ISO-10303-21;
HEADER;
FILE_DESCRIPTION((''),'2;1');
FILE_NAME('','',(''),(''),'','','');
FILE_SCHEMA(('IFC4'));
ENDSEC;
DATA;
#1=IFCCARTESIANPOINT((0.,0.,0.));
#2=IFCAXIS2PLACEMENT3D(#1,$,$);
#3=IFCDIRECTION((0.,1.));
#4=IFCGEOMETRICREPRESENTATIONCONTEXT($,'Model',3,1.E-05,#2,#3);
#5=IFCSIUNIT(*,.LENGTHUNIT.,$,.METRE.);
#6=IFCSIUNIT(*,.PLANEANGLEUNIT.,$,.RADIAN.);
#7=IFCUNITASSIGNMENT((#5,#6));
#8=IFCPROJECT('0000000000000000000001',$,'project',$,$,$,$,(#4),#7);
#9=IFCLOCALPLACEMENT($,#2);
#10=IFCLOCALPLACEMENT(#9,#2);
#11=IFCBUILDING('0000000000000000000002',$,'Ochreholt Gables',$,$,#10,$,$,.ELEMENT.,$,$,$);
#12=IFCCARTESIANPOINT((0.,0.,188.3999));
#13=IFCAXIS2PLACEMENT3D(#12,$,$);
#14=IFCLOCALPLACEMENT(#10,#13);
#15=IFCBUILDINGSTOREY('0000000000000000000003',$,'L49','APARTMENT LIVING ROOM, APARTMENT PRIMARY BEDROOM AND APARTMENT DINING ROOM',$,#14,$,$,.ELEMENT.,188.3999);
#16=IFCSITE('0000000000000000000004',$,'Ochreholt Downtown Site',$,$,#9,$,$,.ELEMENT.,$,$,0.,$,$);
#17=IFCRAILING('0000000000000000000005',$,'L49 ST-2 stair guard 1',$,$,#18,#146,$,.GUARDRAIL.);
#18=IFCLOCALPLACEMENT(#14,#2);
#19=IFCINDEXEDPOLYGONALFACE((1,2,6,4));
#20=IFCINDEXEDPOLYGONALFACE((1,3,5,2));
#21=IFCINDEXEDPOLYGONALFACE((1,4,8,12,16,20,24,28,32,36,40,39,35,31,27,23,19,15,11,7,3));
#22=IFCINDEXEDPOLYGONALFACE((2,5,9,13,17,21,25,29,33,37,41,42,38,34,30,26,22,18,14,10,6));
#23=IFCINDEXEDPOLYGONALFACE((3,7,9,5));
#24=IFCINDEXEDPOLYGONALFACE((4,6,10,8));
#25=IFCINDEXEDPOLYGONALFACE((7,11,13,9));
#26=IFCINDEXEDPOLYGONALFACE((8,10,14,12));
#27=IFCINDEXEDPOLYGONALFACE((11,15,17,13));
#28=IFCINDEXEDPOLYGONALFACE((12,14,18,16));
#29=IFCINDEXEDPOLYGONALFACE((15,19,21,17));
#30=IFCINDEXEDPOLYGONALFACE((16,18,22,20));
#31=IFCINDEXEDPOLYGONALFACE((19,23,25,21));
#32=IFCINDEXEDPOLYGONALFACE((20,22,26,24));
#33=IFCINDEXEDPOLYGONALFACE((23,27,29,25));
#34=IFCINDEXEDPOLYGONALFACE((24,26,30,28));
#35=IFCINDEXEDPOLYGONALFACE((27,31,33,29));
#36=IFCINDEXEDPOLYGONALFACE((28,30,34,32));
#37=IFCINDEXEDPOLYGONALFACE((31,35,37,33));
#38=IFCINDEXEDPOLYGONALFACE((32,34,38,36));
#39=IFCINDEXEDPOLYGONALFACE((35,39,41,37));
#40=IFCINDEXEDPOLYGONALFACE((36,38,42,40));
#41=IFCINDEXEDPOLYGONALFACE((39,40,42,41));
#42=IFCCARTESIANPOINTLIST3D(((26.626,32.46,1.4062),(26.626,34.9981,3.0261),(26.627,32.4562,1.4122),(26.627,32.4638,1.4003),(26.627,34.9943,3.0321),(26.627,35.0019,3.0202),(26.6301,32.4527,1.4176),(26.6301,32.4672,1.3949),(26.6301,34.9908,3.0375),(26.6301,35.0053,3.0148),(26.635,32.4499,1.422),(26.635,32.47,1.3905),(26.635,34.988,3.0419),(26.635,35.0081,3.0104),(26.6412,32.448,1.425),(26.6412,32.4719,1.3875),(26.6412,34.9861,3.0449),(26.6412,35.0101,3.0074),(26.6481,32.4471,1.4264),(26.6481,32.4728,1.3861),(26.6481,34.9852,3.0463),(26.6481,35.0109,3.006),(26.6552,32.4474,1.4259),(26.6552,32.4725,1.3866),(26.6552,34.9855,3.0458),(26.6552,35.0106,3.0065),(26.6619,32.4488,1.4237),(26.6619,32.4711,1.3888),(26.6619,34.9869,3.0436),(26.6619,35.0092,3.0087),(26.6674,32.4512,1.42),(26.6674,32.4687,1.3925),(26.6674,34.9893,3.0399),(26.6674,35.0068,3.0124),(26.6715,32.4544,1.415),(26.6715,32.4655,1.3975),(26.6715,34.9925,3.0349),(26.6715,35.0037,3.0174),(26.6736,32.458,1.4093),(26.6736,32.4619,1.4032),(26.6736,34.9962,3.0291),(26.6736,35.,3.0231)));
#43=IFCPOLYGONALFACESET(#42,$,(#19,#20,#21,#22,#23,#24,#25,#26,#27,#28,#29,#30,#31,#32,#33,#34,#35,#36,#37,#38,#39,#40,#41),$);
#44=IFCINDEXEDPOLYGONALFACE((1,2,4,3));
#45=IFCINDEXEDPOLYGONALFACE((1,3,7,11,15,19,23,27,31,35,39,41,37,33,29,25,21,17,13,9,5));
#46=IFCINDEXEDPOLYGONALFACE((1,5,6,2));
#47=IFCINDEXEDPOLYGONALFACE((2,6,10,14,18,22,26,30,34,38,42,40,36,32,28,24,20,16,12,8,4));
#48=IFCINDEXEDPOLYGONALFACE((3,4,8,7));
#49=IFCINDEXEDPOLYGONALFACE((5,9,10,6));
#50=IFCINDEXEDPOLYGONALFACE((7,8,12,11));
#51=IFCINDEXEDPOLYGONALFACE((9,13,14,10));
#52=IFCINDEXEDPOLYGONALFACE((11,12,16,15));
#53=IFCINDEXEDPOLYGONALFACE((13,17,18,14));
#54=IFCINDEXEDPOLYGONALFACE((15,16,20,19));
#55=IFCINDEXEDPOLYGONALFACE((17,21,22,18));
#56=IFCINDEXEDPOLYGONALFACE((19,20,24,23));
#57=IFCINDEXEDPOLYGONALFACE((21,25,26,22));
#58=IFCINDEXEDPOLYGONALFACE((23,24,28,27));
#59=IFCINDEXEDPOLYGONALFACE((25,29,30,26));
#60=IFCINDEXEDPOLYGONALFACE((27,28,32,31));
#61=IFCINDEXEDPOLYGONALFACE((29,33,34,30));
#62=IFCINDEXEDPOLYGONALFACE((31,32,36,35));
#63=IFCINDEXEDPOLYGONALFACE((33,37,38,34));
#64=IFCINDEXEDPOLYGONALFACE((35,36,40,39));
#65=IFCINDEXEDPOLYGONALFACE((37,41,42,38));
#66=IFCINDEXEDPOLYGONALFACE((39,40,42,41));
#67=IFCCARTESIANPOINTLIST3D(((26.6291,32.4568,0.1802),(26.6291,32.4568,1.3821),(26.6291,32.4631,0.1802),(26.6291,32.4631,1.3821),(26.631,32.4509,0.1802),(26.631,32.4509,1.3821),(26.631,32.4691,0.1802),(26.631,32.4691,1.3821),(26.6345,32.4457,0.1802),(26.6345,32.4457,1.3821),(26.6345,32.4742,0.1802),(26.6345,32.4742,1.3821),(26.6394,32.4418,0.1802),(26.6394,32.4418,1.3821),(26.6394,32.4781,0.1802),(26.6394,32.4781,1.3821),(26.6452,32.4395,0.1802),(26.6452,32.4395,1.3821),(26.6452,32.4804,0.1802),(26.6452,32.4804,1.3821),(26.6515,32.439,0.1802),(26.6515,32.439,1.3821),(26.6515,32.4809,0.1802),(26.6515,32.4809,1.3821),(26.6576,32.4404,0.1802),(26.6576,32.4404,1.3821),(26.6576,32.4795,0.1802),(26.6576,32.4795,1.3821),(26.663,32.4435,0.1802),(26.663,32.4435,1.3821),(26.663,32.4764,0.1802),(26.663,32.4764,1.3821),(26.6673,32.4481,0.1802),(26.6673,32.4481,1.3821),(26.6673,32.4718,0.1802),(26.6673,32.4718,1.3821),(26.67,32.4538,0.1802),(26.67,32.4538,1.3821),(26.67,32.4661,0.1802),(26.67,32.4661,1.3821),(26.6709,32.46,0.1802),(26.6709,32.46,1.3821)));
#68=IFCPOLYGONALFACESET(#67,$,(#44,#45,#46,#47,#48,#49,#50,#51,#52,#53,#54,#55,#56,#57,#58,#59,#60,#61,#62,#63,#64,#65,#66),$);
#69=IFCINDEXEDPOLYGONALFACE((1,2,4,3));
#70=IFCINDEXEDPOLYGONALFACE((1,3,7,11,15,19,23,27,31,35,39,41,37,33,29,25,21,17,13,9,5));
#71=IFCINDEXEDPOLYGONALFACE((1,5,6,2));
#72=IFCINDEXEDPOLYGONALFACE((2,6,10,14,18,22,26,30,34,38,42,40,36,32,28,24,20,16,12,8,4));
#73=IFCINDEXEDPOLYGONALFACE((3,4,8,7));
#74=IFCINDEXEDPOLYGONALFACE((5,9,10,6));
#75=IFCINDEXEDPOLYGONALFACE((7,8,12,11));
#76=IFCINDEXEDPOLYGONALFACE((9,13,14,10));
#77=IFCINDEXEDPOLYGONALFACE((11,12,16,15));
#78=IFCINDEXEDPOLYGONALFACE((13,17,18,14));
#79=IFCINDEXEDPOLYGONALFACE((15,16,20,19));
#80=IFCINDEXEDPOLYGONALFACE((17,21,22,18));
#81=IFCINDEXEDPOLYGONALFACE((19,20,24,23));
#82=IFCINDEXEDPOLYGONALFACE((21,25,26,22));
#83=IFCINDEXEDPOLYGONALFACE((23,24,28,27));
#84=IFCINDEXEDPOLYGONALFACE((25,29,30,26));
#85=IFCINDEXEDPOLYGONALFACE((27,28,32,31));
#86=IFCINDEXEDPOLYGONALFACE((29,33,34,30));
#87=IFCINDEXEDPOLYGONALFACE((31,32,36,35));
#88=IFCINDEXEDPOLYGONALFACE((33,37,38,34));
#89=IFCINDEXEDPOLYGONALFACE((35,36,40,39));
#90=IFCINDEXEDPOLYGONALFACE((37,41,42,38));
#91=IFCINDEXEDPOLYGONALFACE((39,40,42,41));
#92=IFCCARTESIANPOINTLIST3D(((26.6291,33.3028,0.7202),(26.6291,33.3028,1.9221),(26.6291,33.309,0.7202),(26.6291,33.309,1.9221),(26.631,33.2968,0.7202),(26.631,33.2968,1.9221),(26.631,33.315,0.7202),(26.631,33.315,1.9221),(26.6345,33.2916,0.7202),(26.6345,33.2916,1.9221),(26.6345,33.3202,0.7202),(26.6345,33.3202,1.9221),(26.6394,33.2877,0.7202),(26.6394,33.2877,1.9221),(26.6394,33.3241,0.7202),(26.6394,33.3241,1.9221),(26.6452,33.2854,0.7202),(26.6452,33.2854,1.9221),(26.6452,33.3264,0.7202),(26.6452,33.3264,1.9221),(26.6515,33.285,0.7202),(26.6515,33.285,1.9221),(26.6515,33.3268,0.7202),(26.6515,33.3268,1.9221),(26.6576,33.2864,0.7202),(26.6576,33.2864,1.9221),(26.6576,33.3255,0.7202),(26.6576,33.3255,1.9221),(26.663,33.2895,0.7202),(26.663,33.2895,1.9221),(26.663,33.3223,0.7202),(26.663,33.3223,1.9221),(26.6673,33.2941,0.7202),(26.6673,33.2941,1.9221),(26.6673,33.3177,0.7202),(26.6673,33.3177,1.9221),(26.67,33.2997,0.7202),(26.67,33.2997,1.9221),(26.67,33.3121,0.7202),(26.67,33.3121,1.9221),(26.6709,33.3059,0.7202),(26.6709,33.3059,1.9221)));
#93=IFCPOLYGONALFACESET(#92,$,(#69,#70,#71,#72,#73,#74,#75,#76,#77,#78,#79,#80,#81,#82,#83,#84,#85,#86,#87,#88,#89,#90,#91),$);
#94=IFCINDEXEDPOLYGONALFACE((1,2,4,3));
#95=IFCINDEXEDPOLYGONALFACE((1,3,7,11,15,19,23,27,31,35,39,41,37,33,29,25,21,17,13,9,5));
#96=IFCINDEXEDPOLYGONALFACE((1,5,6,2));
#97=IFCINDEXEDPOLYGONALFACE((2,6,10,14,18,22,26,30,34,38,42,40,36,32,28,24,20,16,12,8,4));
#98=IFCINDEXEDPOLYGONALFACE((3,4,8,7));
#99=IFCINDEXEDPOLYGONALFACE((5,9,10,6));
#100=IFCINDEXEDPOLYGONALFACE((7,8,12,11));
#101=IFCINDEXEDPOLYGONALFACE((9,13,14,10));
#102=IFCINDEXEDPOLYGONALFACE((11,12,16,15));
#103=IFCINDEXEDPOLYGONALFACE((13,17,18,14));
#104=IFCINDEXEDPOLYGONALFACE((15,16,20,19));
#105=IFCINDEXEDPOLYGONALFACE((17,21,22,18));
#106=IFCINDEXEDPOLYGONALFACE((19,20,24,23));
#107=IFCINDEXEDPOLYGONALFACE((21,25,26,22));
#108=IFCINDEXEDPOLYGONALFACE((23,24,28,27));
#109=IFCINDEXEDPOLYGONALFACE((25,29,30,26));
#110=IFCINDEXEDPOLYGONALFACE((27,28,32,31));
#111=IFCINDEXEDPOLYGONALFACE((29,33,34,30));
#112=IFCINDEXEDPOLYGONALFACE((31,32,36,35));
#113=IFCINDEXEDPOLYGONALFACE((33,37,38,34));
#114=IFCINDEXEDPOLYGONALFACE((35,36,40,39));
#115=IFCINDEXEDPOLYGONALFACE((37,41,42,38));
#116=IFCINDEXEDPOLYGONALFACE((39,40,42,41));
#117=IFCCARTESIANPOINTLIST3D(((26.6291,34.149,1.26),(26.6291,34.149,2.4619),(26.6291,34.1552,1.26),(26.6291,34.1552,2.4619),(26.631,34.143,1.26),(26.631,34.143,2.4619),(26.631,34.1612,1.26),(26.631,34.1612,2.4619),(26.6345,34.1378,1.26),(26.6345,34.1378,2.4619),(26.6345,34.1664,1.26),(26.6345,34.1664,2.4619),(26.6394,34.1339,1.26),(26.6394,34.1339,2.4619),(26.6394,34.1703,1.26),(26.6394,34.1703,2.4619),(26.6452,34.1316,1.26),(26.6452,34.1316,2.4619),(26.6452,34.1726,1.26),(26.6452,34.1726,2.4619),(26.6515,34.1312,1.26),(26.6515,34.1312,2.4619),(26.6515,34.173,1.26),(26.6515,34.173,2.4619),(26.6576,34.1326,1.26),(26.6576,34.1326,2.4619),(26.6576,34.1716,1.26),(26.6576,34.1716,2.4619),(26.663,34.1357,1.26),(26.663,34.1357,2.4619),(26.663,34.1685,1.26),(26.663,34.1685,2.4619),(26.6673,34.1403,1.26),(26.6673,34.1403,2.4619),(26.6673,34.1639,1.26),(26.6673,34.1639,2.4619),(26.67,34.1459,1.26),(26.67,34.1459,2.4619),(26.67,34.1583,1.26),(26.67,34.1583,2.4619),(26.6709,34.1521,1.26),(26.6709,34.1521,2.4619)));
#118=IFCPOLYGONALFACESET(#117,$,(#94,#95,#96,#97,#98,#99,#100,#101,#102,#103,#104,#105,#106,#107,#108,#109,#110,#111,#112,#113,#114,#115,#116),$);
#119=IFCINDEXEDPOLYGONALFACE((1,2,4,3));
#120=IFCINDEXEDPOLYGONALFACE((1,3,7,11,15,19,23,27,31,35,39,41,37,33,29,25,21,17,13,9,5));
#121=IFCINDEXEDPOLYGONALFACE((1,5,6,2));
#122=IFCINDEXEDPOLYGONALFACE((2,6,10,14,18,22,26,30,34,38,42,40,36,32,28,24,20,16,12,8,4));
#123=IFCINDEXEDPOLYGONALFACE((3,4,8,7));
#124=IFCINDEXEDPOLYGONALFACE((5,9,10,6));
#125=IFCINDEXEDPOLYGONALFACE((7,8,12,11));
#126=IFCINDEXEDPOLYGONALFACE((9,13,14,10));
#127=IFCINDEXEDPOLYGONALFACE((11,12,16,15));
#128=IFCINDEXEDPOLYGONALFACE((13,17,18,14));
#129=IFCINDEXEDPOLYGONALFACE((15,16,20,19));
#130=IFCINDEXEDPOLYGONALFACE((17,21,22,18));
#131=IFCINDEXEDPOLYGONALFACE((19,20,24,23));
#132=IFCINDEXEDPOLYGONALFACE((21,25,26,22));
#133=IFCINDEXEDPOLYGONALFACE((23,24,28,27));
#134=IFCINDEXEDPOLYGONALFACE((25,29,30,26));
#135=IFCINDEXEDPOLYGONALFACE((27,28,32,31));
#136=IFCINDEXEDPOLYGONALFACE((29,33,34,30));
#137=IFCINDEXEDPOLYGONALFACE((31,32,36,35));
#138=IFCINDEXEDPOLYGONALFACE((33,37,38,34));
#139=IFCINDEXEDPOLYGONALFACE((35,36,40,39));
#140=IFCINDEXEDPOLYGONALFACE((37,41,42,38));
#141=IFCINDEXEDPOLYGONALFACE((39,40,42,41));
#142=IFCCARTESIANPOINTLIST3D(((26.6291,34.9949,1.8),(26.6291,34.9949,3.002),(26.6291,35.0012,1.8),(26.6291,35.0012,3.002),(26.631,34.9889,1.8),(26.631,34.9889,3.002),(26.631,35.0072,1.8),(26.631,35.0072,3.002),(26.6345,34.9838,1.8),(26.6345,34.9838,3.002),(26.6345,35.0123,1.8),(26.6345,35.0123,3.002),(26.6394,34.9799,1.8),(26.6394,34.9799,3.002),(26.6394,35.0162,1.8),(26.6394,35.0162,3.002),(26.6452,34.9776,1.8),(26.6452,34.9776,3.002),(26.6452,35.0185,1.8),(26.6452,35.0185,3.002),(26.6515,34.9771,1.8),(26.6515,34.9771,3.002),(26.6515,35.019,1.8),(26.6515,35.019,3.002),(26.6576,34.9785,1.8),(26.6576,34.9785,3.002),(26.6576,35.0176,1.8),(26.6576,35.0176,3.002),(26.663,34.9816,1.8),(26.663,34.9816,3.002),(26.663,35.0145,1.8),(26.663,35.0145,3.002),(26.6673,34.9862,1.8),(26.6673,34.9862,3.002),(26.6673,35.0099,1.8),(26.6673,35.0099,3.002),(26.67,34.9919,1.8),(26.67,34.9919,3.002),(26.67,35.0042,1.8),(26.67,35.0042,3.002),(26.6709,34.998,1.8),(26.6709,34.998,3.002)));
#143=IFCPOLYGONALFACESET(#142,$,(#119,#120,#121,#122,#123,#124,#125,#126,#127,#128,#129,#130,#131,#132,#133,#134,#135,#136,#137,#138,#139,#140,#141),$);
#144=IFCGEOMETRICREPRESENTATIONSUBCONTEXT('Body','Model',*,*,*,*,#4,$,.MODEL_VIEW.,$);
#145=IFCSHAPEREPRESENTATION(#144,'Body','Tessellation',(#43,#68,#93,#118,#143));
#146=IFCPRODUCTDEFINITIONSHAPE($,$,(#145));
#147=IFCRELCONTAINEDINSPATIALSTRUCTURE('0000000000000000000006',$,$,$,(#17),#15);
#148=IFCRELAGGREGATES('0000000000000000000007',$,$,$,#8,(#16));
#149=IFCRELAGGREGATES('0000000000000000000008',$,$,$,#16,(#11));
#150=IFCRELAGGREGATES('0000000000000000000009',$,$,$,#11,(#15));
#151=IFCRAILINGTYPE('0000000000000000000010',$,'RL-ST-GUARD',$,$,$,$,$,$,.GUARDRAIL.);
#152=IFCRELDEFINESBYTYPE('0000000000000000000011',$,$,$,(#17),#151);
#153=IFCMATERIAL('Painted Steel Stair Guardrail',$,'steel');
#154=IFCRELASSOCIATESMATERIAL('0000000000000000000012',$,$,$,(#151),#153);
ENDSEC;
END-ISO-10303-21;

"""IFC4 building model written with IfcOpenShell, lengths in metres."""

from ifc_helpers import new_model, si_unit, direction, frame, origin, origin_2d, place, context, subcontext, project, spatial, circle, extrude, material, type_object, element, save


model = new_model("IFC4")

# Units and contexts
model_context = context("Model", 3, precision=1e-05, world=origin(), true_north=direction((0.0, 1.0)))
body_context = subcontext(model_context, "Body", "Model", "MODEL_VIEW")
ifc_project = project(units=[si_unit("LENGTHUNIT", "METRE"), si_unit("PLANEANGLEUNIT", "RADIAN")], contexts=[model_context])

# Site, building, storey
site_placement = place(None, origin())
site = spatial("IfcSite", under=ifc_project, at=site_placement, Name="Ochreholt Downtown Site", CompositionType="ELEMENT", RefElevation=0.0)
building_placement = place(site_placement, origin())
building = spatial("IfcBuilding", under=site, at=building_placement, Name="Ochreholt Gables", CompositionType="ELEMENT")
storey_placement = place(building_placement, frame((0.0, 0.0, 188.3999)))
storey = spatial("IfcBuildingStorey", under=building, at=storey_placement, Name="L49", Description="APARTMENT LIVING ROOM, APARTMENT PRIMARY BEDROOM AND APARTMENT DINING ROOM", CompositionType="ELEMENT", Elevation=188.3999)

# Railing
ifc_material_1 = material(Name="Painted Steel Stair Guardrail", Category="steel")
railing_type_1 = type_object("IfcRailingType", Name="RL-ST-GUARD", PredefinedType="GUARDRAIL", material=ifc_material_1)
railing_1_placement = place(storey_placement, frame((26.6499, 32.46, 0.1802)))
element("IfcRailing", 1, at=railing_1_placement, inside=storey, type_object=railing_type_1, Name="L49 ST-2 stair guard 1", PredefinedType="GUARDRAIL", context=body_context, shape_type="SweptSolid", body=[
    extrude(circle(Radius=0.0239, at=origin_2d()), frame((0.0, 0.0, 1.2261), z_axis=(0.0, 0.84295, 0.537993), x_axis=(-1.0, 0.0, 0.0)), (0.0, 0.0, 1.0), 3.011),
    extrude(circle(Radius=0.021, at=origin_2d()), origin(), (0.0, 0.0, 1.0), 1.2019),
    extrude(circle(Radius=0.021, at=origin_2d()), frame((0.0, 0.8459, 0.54)), (0.0, 0.0, 1.0), 1.2019),
    extrude(circle(Radius=0.021, at=origin_2d()), frame((0.0, 1.6921, 1.0798)), (0.0, 0.0, 1.0), 1.2019),
    extrude(circle(Radius=0.021, at=origin_2d()), frame((0.0, 2.5381, 1.6199)), (0.0, 0.0, 1.0), 1.2019),
])

save(model, "model.ifc")
